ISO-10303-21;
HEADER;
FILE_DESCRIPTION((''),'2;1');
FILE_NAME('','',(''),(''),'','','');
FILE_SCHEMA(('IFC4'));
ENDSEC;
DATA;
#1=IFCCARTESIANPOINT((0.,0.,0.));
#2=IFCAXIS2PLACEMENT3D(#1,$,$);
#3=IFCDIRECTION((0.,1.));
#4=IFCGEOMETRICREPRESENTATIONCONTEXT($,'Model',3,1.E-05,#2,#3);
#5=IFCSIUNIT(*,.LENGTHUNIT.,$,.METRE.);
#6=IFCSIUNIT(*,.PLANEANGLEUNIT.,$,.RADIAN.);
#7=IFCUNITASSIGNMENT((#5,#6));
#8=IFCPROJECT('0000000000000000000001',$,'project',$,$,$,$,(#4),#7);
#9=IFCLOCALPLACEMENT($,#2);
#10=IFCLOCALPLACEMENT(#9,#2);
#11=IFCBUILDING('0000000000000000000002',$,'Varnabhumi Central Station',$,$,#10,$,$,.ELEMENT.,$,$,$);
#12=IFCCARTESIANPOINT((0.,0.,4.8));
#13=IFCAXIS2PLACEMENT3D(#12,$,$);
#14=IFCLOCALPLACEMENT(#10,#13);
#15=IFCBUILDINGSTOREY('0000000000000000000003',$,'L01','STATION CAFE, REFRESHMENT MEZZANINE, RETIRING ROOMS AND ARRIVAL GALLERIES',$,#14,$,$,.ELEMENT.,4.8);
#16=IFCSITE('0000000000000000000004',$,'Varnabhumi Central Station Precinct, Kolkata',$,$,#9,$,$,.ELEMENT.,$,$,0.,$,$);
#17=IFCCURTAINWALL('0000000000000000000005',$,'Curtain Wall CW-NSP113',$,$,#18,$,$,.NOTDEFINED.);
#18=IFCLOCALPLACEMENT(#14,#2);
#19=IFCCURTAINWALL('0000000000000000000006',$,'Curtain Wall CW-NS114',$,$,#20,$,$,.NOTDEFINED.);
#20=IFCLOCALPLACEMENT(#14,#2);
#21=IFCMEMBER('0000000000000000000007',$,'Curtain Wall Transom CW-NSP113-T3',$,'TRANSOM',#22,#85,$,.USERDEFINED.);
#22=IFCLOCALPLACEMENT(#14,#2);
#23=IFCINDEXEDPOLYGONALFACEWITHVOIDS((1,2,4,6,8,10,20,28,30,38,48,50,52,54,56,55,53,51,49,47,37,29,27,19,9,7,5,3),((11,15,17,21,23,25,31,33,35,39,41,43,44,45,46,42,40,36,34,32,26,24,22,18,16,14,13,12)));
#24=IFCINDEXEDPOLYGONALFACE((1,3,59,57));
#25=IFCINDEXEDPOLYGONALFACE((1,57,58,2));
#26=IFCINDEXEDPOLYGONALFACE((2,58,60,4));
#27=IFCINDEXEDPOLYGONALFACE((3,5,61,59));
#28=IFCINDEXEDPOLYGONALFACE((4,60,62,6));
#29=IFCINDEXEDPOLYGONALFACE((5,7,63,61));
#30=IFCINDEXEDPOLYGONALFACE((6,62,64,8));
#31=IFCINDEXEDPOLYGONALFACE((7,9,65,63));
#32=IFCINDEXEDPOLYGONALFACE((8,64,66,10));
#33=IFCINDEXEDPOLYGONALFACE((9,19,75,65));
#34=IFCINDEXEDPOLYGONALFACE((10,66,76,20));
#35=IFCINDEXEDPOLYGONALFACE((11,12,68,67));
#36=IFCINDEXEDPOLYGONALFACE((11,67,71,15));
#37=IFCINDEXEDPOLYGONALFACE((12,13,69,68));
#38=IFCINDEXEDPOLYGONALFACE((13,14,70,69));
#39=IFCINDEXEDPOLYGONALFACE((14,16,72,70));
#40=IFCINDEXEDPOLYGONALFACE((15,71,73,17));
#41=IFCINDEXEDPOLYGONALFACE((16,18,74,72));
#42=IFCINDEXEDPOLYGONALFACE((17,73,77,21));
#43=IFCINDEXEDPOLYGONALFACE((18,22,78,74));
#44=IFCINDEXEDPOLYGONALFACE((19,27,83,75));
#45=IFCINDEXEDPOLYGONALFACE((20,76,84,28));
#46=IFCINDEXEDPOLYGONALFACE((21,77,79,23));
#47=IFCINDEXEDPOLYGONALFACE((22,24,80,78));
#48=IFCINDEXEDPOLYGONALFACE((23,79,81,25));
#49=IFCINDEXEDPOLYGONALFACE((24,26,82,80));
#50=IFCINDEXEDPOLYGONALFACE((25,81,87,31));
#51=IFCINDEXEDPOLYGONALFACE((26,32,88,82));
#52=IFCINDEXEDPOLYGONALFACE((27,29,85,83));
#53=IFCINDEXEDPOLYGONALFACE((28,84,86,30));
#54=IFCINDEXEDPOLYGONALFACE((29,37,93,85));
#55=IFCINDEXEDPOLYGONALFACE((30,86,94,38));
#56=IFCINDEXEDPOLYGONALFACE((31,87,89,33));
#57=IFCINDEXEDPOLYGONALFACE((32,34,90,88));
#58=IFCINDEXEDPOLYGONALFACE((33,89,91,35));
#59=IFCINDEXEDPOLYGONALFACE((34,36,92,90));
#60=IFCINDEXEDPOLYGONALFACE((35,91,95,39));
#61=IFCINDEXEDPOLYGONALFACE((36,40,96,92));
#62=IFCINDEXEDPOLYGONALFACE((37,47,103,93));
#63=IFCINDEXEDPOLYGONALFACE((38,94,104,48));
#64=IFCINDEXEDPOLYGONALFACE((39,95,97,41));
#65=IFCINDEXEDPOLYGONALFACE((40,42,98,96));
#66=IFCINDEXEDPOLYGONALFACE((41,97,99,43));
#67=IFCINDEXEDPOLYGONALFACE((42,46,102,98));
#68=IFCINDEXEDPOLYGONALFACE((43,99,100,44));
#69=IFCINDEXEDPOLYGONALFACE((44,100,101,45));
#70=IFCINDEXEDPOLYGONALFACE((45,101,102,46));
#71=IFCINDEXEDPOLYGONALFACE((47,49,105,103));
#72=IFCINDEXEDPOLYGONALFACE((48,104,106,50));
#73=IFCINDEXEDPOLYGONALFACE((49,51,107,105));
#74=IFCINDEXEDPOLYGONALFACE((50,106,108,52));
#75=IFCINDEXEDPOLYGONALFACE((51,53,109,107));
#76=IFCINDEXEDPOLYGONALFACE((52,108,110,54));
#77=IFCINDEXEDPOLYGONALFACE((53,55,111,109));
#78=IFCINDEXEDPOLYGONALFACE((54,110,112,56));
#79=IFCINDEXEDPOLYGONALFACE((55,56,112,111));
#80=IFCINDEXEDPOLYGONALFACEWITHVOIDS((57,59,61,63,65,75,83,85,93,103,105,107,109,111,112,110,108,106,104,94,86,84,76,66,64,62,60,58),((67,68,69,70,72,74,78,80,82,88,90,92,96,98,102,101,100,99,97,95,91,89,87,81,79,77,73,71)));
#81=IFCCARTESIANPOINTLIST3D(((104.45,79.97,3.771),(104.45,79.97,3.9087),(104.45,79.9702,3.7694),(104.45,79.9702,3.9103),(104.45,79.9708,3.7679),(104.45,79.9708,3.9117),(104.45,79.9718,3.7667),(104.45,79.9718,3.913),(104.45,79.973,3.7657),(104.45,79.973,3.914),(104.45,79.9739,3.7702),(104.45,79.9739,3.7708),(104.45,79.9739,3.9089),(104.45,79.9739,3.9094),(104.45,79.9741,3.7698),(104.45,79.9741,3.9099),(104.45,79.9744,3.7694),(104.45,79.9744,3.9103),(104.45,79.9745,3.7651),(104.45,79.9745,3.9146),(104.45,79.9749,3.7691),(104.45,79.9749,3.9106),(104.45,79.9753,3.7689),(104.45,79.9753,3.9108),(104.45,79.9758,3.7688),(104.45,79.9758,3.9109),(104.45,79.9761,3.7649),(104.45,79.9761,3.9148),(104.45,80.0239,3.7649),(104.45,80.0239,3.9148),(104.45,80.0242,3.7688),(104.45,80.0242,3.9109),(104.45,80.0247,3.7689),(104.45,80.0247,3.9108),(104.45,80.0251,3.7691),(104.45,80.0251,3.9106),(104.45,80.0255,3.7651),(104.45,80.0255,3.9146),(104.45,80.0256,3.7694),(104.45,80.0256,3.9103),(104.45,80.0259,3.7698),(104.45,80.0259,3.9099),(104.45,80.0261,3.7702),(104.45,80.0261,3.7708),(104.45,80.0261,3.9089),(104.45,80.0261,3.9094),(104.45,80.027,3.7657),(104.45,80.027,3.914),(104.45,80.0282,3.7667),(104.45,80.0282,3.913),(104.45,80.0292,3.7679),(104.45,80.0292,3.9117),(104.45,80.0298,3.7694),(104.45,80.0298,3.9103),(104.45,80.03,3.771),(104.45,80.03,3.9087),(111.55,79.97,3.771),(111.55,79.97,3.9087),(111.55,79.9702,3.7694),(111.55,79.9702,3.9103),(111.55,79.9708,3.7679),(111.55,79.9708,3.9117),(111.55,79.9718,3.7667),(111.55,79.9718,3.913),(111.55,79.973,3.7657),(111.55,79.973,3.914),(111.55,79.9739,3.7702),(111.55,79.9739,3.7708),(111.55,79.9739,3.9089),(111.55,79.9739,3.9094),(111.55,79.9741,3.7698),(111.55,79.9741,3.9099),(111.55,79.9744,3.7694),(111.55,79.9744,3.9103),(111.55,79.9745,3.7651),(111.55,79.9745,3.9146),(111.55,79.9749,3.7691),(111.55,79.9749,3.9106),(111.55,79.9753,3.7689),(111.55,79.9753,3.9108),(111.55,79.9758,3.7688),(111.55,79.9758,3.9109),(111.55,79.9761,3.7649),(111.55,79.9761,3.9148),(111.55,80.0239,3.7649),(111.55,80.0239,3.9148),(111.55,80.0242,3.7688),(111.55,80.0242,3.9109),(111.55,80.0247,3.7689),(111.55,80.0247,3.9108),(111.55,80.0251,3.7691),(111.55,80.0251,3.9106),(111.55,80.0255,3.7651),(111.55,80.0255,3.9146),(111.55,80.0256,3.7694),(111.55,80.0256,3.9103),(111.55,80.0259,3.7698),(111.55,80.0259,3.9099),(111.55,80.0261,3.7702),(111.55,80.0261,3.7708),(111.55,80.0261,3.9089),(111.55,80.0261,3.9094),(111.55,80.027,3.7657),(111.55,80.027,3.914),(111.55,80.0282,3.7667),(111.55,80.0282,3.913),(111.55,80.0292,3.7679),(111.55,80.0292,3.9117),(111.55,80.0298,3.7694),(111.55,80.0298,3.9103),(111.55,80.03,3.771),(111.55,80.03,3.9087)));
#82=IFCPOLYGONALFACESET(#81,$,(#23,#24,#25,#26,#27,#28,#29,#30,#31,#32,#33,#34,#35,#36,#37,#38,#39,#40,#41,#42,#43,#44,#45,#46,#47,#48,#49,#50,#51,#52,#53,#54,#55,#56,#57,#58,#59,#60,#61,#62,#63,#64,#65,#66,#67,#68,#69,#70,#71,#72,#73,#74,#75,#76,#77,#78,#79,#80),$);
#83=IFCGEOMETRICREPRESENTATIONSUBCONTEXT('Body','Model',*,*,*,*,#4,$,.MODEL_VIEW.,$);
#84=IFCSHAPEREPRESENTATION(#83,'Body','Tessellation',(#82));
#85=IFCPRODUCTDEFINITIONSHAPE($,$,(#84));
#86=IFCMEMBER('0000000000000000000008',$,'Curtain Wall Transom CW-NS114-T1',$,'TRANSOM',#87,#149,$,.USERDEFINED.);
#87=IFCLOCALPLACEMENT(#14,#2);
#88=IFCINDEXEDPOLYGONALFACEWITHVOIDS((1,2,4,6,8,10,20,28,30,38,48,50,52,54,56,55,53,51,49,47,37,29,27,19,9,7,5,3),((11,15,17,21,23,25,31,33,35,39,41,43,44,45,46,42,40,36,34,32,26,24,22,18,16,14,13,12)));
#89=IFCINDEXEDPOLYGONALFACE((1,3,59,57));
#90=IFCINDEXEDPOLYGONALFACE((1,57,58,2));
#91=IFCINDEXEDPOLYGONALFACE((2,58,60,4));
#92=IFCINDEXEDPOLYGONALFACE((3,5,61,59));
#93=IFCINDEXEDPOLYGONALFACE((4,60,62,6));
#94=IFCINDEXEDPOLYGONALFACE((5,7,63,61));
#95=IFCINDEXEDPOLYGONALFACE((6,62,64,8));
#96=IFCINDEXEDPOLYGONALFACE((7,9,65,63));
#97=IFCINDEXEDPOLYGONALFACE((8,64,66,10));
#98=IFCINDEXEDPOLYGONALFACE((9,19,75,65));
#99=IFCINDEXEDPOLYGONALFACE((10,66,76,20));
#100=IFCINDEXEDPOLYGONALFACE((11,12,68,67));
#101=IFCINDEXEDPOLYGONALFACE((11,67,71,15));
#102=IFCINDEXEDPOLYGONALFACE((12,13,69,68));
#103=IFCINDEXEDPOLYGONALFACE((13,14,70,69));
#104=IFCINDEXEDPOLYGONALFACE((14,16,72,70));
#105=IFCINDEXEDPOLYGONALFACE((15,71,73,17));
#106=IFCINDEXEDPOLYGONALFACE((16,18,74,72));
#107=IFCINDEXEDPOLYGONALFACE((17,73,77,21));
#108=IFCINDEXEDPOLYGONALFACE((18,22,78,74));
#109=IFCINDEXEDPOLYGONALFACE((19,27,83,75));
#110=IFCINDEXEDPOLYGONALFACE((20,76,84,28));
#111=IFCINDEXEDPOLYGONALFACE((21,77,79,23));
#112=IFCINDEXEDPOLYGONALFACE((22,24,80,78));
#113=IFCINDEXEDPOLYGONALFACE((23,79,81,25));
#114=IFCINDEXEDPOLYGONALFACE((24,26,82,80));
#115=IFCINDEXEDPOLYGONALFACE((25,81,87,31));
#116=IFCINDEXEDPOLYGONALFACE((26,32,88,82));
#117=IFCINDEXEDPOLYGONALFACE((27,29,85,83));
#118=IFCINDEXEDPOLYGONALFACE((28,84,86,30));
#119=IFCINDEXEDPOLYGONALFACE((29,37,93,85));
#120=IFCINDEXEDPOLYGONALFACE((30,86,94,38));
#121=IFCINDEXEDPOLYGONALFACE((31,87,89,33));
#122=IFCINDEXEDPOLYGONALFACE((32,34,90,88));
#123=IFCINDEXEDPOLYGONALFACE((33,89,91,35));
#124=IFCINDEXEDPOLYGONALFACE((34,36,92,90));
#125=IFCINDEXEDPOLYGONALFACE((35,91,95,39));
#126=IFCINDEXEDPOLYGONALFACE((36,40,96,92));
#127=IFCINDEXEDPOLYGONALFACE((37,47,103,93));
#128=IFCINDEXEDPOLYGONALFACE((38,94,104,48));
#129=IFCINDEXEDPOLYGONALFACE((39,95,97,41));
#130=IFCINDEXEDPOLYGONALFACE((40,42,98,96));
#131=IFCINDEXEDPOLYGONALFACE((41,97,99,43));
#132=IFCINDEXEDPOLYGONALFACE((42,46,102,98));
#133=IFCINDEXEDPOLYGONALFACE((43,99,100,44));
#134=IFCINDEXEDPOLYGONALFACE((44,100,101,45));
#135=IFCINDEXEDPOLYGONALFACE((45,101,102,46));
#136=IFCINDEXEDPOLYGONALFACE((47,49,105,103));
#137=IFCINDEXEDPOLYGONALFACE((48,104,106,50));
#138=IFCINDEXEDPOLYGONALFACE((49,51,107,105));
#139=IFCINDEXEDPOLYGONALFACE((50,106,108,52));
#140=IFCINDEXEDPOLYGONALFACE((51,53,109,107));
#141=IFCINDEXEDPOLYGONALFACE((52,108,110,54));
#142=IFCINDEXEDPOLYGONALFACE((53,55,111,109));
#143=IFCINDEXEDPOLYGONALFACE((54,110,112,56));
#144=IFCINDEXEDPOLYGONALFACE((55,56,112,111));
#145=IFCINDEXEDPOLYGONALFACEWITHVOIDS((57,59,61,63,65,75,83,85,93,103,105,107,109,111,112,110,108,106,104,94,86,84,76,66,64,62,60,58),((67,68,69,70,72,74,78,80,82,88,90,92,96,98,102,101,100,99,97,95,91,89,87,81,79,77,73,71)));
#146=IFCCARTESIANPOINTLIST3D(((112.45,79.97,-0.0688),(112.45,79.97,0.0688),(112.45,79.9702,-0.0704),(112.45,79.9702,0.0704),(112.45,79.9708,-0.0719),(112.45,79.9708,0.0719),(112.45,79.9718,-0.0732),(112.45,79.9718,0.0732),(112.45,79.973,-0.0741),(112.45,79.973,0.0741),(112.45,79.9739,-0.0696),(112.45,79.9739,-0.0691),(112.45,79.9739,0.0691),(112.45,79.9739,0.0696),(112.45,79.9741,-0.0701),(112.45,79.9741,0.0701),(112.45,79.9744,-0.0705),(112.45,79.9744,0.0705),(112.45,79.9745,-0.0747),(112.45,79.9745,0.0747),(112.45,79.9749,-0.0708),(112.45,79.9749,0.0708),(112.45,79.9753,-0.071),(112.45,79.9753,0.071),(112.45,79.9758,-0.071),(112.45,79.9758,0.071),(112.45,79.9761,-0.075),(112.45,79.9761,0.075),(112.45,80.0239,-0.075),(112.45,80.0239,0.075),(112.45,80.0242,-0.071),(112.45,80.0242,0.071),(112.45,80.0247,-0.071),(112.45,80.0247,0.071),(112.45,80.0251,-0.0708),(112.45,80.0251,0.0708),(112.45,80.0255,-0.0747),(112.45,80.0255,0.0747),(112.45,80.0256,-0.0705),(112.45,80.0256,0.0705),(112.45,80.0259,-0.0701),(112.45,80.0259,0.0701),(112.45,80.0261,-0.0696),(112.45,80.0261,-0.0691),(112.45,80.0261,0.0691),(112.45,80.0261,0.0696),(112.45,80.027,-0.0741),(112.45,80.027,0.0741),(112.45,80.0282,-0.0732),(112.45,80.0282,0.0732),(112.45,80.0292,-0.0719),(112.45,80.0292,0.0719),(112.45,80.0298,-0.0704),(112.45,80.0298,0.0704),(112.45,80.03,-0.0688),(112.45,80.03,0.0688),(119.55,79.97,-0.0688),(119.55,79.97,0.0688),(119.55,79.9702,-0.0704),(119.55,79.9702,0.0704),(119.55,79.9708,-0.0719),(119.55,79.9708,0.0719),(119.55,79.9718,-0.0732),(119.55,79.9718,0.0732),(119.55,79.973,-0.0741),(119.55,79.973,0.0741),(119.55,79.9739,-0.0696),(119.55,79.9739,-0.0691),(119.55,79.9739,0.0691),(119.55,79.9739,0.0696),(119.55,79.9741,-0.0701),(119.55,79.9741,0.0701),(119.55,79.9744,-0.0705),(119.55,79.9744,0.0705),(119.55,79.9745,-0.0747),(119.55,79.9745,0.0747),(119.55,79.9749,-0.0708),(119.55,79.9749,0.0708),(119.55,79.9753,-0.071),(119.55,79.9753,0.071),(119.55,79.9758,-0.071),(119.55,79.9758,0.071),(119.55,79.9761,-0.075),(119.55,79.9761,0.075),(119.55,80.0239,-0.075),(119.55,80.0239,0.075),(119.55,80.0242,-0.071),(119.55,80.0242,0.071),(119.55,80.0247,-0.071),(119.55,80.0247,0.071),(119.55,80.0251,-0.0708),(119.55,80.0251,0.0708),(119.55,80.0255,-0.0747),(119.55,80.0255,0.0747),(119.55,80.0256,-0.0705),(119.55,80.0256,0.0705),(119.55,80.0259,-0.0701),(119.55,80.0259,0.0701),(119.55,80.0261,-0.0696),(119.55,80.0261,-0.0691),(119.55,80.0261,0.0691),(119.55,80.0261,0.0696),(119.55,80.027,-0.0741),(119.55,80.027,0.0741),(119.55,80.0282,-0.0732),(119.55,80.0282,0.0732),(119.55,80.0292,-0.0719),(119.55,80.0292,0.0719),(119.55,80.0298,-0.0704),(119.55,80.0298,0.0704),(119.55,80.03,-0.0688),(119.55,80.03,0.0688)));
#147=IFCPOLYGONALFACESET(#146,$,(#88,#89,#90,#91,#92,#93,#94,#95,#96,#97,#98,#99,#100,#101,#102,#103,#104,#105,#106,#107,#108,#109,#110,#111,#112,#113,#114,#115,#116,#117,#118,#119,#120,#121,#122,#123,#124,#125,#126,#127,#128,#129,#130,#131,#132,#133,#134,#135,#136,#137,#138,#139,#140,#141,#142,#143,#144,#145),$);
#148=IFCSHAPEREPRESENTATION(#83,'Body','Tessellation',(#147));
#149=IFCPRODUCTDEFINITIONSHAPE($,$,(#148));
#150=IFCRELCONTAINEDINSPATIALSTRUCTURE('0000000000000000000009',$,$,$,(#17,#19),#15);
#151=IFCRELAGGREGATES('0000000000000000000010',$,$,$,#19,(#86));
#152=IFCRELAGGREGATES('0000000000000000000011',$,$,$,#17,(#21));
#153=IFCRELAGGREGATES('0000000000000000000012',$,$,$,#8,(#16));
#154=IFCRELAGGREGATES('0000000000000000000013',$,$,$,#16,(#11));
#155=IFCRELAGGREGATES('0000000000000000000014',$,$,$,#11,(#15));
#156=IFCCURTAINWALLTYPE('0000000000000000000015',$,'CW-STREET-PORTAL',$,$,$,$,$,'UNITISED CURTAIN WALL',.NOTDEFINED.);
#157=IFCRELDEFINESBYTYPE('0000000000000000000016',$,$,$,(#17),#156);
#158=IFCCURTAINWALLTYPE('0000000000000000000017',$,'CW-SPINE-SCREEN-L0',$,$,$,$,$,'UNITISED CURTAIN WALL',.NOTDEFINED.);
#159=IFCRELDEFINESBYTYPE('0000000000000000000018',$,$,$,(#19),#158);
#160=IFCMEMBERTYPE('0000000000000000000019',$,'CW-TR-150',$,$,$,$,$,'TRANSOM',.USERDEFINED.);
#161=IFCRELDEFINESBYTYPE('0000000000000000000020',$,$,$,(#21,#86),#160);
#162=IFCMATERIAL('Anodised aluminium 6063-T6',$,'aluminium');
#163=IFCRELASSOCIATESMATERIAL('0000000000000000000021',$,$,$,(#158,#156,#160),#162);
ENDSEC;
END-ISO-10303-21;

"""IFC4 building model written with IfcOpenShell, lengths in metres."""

from ifc_helpers import new_model, si_unit, direction, frame, origin, origin_2d, place, context, subcontext, project, spatial, hollow_rectangle, extrude, material, material_profile, profile_set, type_object, element, aggregate, save


model = new_model("IFC4")

# Units and contexts
model_context = context("Model", 3, precision=1e-05, world=origin(), true_north=direction((0.0, 1.0)))
body_context = subcontext(model_context, "Body", "Model", "MODEL_VIEW")
ifc_project = project(units=[si_unit("LENGTHUNIT", "METRE"), si_unit("PLANEANGLEUNIT", "RADIAN")], contexts=[model_context])

# Site, building, storey
site_placement = place(None, origin())
site = spatial("IfcSite", under=ifc_project, at=site_placement, Name="Varnabhumi Central Station Precinct, Kolkata", CompositionType="ELEMENT", RefElevation=0.0)
building_placement = place(site_placement, origin())
building = spatial("IfcBuilding", under=site, at=building_placement, Name="Varnabhumi Central Station", CompositionType="ELEMENT")
storey_placement = place(building_placement, frame((0.0, 0.0, 4.8)))
storey = spatial("IfcBuildingStorey", under=building, at=storey_placement, Name="L01", Description="STATION CAFE, REFRESHMENT MEZZANINE, RETIRING ROOMS AND ARRIVAL GALLERIES", CompositionType="ELEMENT", Elevation=4.8)

# Curtain wall
ifc_material_1 = material(Name="Anodised aluminium 6063-T6", Category="aluminium")
curtain_wall_type_1 = type_object("IfcCurtainWallType", Name="CW-SPINE-SCREEN-L0", ElementType="UNITISED CURTAIN WALL", PredefinedType="NOTDEFINED", material=ifc_material_1)
curtain_wall_type_2 = type_object("IfcCurtainWallType", Name="CW-STREET-PORTAL", ElementType="UNITISED CURTAIN WALL", PredefinedType="NOTDEFINED", material=ifc_material_1)
curtain_wall_1_placement = place(storey_placement, origin())
curtain_wall_1 = element("IfcCurtainWall", 1, at=curtain_wall_1_placement, inside=storey, type_object=curtain_wall_type_2, Name="Curtain Wall CW-NSP113", PredefinedType="NOTDEFINED")

# Curtain wall
curtain_wall_2_placement = place(storey_placement, origin())
curtain_wall_2 = element("IfcCurtainWall", 2, at=curtain_wall_2_placement, inside=storey, type_object=curtain_wall_type_1, Name="Curtain Wall CW-NS114", PredefinedType="NOTDEFINED")

# Members
ifc_material_profile_1 = material_profile(ifc_material_1, hollow_rectangle(XDim=0.0601, YDim=0.1499, WallThickness=0.0039, InnerFilletRadius=0.002, OuterFilletRadius=0.0061, at=origin_2d()), Name="Anodised aluminium 6063-T6", Category="aluminium")
ifc_profile_set_1 = profile_set([ifc_material_profile_1], Name="Anodised aluminium 6063-T6")
member_type_1 = type_object("IfcMemberType", Name="CW-TR-150", ElementType="TRANSOM", PredefinedType="USERDEFINED", material=ifc_profile_set_1)
member_1_placement = place(storey_placement, frame((104.45, 80.0, 3.8398), z_axis=(1.0, 0.0, 0.0), x_axis=(0.0, 1.0, 0.0)))
member_1 = element("IfcMember", 3, at=member_1_placement, type_object=member_type_1, Name="Curtain Wall Transom CW-NSP113-T3", ObjectType="TRANSOM", PredefinedType="USERDEFINED", context=body_context, shape_type="SweptSolid", body=[
    extrude(hollow_rectangle(XDim=0.0601, YDim=0.1499, WallThickness=0.0039, InnerFilletRadius=0.002, OuterFilletRadius=0.0061, at=origin_2d()), origin(), (0.0, 0.0, 1.0), 7.1001),
])
member_2_placement = place(storey_placement, frame((112.45, 80.0, 0.0), z_axis=(1.0, 0.0, 0.0), x_axis=(0.0, 1.0, 0.0)))
member_2 = element("IfcMember", 4, at=member_2_placement, type_object=member_type_1, Name="Curtain Wall Transom CW-NS114-T1", ObjectType="TRANSOM", PredefinedType="USERDEFINED", context=body_context, shape_type="SweptSolid", body=[
    extrude(hollow_rectangle(XDim=0.0601, YDim=0.1499, WallThickness=0.0039, InnerFilletRadius=0.002, OuterFilletRadius=0.0061, at=origin_2d()), origin(), (0.0, 0.0, 1.0), 7.1001),
])
aggregate(curtain_wall_2, [member_2])

aggregate(curtain_wall_1, [member_1])

save(model, "model.ifc")
